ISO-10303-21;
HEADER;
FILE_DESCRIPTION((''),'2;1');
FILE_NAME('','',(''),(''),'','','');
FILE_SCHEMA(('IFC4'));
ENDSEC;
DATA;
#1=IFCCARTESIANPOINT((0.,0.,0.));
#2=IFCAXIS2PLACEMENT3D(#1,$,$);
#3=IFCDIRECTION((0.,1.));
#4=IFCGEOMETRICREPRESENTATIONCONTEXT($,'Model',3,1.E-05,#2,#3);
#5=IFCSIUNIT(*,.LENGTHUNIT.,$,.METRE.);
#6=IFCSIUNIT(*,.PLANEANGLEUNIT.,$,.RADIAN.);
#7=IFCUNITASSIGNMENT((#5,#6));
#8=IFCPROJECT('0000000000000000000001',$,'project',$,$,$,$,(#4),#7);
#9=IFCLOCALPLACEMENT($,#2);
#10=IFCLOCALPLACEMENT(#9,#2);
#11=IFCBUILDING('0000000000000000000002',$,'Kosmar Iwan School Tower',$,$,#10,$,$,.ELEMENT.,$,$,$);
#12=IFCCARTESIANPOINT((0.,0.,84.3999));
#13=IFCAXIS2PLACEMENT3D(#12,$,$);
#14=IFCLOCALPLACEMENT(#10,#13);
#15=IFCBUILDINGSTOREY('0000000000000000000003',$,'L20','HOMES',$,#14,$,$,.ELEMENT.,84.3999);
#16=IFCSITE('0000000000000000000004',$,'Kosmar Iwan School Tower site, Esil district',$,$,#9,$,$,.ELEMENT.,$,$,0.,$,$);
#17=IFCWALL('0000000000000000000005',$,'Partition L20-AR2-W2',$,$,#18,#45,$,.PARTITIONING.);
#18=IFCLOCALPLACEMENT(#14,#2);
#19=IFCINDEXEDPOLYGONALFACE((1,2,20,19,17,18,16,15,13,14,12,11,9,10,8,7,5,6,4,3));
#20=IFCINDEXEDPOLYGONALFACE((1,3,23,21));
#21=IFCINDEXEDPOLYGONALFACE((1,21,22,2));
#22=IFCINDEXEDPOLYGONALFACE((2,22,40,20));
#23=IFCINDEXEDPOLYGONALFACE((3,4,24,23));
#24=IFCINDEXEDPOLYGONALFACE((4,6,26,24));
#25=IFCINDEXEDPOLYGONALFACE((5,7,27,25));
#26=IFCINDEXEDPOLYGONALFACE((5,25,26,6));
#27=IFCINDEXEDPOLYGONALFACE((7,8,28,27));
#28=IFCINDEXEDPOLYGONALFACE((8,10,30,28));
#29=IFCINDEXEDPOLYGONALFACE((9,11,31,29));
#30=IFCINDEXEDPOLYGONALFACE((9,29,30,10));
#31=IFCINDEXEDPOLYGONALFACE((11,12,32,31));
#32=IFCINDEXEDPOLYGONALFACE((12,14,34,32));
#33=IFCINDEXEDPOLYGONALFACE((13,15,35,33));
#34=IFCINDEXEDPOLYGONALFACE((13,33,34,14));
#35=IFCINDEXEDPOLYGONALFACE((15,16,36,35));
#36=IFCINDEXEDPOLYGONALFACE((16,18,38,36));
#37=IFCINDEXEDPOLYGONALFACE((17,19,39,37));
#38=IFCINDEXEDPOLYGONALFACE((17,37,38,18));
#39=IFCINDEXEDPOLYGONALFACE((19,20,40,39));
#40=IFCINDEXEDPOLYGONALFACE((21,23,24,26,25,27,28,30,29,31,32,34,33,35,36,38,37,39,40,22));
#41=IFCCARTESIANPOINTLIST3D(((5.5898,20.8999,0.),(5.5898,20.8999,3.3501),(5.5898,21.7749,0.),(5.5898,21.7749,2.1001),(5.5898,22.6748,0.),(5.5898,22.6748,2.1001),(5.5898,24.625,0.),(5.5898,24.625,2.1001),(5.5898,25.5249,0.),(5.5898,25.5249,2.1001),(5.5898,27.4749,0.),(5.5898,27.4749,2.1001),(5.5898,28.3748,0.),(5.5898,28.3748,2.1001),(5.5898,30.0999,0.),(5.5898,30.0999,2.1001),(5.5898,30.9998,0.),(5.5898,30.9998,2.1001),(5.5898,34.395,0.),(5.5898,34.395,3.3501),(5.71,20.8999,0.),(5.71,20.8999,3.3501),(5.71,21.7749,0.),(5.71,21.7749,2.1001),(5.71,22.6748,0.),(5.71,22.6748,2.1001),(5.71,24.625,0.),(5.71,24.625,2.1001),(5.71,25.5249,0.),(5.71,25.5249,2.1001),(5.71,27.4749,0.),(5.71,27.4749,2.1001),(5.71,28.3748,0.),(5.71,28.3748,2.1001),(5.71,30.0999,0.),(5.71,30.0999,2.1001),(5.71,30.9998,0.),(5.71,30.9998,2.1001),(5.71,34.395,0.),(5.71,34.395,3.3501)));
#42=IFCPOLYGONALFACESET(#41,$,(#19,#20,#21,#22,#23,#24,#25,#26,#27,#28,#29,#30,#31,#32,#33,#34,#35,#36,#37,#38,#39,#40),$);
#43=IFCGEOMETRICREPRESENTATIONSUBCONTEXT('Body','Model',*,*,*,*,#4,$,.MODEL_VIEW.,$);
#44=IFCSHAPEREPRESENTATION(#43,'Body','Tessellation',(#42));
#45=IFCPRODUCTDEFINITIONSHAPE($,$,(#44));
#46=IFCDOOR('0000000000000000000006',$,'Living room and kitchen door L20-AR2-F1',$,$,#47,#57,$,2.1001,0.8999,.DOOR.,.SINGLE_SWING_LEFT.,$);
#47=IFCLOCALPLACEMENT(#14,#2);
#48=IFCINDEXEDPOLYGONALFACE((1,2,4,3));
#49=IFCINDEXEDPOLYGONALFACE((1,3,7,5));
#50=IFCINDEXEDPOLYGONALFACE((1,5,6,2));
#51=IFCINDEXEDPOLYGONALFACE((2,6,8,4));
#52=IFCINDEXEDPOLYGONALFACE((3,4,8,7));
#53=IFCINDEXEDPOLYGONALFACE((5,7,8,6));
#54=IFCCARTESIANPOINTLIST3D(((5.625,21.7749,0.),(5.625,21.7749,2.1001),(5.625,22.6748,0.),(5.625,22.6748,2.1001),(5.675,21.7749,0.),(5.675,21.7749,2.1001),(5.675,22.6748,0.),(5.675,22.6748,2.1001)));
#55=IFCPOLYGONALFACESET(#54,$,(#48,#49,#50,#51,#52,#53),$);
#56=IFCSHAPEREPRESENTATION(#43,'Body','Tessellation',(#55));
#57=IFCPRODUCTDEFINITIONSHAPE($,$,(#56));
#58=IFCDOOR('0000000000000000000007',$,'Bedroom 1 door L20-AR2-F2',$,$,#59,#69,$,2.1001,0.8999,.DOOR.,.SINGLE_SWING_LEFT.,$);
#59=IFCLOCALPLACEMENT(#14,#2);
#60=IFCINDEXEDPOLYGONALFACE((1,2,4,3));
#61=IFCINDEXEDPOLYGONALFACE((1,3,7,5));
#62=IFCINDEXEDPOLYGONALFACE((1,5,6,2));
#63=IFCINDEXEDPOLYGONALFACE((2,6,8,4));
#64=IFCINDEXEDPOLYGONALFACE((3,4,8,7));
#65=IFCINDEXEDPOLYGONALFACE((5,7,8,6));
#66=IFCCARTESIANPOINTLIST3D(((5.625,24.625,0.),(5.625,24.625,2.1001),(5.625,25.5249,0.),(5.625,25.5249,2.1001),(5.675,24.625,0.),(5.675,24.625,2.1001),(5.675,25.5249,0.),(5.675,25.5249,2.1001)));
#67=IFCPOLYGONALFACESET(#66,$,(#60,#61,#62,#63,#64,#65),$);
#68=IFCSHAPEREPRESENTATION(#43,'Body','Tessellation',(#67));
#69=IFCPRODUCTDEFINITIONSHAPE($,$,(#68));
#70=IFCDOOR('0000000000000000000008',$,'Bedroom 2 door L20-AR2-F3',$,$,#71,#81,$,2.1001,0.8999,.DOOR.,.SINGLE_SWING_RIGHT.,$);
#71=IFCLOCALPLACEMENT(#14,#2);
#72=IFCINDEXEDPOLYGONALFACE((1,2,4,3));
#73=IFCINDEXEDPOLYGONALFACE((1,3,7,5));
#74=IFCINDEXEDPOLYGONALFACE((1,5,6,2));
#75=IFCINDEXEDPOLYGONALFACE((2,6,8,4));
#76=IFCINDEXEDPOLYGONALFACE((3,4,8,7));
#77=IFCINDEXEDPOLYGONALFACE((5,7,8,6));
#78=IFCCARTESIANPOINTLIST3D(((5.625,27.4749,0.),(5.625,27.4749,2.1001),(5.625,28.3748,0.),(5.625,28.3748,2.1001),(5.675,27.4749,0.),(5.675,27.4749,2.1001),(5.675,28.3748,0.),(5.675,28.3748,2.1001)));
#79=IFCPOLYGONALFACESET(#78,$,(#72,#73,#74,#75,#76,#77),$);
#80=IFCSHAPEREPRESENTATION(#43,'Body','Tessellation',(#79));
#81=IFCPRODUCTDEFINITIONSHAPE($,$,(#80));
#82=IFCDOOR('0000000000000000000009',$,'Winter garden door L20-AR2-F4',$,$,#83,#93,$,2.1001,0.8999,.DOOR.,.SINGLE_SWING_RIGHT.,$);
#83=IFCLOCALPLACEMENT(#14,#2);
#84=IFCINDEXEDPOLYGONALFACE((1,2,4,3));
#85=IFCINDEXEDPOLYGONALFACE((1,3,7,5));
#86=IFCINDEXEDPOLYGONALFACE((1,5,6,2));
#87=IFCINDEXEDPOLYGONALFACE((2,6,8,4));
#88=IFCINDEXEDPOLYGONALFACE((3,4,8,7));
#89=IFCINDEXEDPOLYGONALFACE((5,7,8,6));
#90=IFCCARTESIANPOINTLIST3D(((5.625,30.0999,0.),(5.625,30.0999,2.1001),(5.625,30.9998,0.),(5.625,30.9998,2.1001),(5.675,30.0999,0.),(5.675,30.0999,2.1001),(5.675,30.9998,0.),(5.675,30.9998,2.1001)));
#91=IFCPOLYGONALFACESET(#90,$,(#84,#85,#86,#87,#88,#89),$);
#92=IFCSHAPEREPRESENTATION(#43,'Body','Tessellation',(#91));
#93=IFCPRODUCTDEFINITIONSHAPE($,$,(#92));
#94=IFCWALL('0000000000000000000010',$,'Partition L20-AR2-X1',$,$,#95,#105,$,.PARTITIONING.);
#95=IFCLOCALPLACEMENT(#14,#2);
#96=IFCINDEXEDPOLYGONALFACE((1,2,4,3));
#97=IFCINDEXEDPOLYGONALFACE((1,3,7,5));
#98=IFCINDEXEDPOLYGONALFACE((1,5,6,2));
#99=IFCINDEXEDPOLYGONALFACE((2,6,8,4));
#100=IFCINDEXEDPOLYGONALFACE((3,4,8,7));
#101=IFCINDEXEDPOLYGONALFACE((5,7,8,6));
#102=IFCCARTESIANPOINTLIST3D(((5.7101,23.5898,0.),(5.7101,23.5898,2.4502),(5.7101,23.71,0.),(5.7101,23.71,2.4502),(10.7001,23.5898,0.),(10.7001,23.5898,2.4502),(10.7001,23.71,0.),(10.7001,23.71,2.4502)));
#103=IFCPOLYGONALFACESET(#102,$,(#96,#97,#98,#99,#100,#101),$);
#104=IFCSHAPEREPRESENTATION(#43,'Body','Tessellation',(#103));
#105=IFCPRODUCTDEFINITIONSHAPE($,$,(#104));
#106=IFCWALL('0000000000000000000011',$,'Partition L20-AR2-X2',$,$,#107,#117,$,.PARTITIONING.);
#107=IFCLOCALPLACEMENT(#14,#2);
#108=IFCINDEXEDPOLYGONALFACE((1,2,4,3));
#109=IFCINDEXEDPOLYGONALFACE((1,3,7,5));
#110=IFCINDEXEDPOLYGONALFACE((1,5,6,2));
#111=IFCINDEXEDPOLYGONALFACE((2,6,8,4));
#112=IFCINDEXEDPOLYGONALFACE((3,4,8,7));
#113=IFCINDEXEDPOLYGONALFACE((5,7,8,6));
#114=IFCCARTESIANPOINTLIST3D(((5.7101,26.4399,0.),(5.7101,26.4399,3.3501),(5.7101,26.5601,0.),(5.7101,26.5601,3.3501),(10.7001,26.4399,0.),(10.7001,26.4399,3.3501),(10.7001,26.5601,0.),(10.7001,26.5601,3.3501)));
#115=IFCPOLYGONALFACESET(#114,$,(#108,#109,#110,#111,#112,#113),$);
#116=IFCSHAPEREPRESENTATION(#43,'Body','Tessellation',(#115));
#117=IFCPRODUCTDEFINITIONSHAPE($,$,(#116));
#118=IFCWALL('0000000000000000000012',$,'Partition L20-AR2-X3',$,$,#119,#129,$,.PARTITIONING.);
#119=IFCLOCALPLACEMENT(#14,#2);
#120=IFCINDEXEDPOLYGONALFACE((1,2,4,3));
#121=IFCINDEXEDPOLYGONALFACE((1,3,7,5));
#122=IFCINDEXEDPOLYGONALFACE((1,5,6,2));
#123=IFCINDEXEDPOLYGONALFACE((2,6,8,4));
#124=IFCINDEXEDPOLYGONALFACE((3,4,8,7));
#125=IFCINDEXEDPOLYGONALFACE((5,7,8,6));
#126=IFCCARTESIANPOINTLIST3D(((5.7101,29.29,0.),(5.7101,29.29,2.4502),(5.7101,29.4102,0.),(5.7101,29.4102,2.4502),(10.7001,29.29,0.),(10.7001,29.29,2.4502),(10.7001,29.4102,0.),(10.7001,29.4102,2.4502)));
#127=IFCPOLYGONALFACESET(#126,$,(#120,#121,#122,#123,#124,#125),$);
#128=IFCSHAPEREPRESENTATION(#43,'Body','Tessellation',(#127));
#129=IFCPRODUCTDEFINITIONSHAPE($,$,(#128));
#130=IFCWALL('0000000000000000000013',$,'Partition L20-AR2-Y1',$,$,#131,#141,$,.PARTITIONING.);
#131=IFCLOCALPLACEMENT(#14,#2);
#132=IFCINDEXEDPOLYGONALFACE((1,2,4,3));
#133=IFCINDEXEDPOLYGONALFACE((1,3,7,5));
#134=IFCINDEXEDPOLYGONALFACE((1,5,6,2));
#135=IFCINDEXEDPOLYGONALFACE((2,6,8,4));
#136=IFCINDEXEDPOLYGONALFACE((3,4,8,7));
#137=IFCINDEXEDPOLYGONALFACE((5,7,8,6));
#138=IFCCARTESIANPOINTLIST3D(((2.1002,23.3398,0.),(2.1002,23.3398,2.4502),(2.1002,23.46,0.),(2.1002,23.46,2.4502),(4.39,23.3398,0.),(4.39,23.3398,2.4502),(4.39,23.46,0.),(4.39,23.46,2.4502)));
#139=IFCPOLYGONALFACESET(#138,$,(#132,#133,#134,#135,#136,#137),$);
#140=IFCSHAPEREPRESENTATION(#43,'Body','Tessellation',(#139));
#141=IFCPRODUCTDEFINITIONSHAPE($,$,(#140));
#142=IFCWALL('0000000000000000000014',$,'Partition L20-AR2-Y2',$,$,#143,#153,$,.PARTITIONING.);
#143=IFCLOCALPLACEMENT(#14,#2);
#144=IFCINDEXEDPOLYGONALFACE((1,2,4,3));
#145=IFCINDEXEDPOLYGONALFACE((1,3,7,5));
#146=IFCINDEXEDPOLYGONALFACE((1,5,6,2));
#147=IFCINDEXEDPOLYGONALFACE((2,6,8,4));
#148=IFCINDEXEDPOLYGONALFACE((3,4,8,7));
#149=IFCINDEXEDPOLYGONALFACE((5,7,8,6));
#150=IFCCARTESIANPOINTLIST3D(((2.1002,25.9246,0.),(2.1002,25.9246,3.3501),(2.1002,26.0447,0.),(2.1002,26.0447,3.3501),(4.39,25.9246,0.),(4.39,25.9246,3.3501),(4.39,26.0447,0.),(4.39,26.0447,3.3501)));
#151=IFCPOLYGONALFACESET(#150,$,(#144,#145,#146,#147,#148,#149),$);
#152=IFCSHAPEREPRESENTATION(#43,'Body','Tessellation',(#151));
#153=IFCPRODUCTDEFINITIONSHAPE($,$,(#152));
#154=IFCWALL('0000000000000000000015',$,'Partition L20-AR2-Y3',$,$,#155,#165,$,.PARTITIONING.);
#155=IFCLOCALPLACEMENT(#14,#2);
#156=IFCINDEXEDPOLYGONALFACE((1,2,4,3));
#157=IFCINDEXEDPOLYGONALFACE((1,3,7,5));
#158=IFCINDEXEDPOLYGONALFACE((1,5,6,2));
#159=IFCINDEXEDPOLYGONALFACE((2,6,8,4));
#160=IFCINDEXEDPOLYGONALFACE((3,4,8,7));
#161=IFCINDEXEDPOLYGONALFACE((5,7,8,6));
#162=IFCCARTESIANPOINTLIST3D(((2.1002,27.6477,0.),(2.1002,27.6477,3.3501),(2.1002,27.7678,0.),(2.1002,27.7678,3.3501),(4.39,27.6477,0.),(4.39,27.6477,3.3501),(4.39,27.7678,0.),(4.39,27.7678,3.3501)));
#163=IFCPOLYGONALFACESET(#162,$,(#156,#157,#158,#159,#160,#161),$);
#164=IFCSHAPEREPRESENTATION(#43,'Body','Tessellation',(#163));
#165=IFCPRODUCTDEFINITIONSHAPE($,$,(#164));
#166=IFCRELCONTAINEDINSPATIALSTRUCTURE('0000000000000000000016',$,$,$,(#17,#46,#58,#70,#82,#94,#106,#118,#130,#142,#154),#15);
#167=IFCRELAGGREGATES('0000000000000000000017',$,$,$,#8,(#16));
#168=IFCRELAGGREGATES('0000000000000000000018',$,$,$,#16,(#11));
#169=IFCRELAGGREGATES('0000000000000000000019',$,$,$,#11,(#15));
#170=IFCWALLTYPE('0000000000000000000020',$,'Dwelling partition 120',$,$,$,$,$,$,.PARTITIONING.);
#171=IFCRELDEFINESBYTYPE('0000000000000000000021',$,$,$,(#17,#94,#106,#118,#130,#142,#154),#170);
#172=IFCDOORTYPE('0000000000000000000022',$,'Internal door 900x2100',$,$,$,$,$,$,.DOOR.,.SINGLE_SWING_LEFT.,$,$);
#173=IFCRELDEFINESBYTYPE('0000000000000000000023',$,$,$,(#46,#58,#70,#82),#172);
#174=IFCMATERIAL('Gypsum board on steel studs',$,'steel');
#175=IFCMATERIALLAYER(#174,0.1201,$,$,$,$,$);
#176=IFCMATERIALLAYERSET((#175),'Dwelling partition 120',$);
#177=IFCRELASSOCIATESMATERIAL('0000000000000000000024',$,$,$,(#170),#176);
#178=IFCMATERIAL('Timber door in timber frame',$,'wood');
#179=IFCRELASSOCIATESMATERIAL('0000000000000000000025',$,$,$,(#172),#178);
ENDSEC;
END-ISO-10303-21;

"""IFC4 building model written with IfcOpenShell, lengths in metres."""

from ifc_helpers import new_model, si_unit, direction, frame, frame_2d, origin, place, context, subcontext, project, spatial, rectangle, extrude, material, layer, layer_set, type_object, element, fill, save


model = new_model("IFC4")

# Units and contexts
model_context = context("Model", 3, precision=1e-05, world=origin(), true_north=direction((0.0, 1.0)))
body_context = subcontext(model_context, "Body", "Model", "MODEL_VIEW")
ifc_project = project(units=[si_unit("LENGTHUNIT", "METRE"), si_unit("PLANEANGLEUNIT", "RADIAN")], contexts=[model_context])

# Site, building, storey
site_placement = place(None, origin())
site = spatial("IfcSite", under=ifc_project, at=site_placement, Name="Kosmar Iwan School Tower site, Esil district", CompositionType="ELEMENT", RefElevation=0.0)
building_placement = place(site_placement, origin())
building = spatial("IfcBuilding", under=site, at=building_placement, Name="Kosmar Iwan School Tower", CompositionType="ELEMENT")
storey_placement = place(building_placement, frame((0.0, 0.0, 84.3999)))
storey = spatial("IfcBuildingStorey", under=building, at=storey_placement, Name="L20", Description="HOMES", CompositionType="ELEMENT", Elevation=84.3999)

# Wall, openings, doors
ifc_material_1 = material(Name="Gypsum board on steel studs", Category="steel")
ifc_layer_1 = layer(ifc_material_1, 0.1201)
ifc_layer_set_1 = layer_set([ifc_layer_1], Name="Dwelling partition 120")
wall_type_1 = type_object("IfcWallType", Name="Dwelling partition 120", PredefinedType="PARTITIONING", material=ifc_layer_set_1)
ifc_material_2 = material(Name="Timber door in timber frame", Category="wood")
door_type_1 = type_object("IfcDoorType", Name="Internal door 900x2100", OperationType="SINGLE_SWING_LEFT", PredefinedType="DOOR", material=ifc_material_2)
wall_1_placement = place(storey_placement, frame((5.6499, 20.8999, 0.0), z_axis=(0.0, 0.0, 1.0), x_axis=(0.0, 1.0, 0.0)))
wall_1 = element("IfcWall", 1, at=wall_1_placement, inside=storey, type_object=wall_type_1, Name="Partition L20-AR2-W2", PredefinedType="PARTITIONING", context=body_context, shape_type="SweptSolid", body=[
    extrude(rectangle(XDim=13.4951, YDim=0.1201, at=frame_2d((6.7476, 0.0))), origin(), (0.0, 0.0, 1.0), 3.3501),
])
opening_1_placement = place(wall_1_placement, frame((0.875, 0.0, 0.0)))
opening_1 = element("IfcOpeningElement", 2, at=opening_1_placement, cuts=wall_1, PredefinedType="OPENING", context=body_context, shape_type="SweptSolid", body=[
    extrude(rectangle(XDim=0.8999, YDim=2.1001, at=frame_2d((0.45, 1.05))), frame((0.0, 0.072, 0.0), z_axis=(0.0, -1.0, 0.0), x_axis=(1.0, 0.0, 0.0)), (0.0, 0.0, 1.0), 0.144),
])
opening_2_placement = place(wall_1_placement, frame((3.7251, 0.0, 0.0)))
opening_2 = element("IfcOpeningElement", 3, at=opening_2_placement, cuts=wall_1, PredefinedType="OPENING", context=body_context, shape_type="SweptSolid", body=[
    extrude(rectangle(XDim=0.8999, YDim=2.1001, at=frame_2d((0.45, 1.05))), frame((0.0, 0.072, 0.0), z_axis=(0.0, -1.0, 0.0), x_axis=(1.0, 0.0, 0.0)), (0.0, 0.0, 1.0), 0.144),
])
opening_3_placement = place(wall_1_placement, frame((6.575, 0.0, 0.0)))
opening_3 = element("IfcOpeningElement", 4, at=opening_3_placement, cuts=wall_1, PredefinedType="OPENING", context=body_context, shape_type="SweptSolid", body=[
    extrude(rectangle(XDim=0.8999, YDim=2.1001, at=frame_2d((0.45, 1.05))), frame((0.0, 0.072, 0.0), z_axis=(0.0, -1.0, 0.0), x_axis=(1.0, 0.0, 0.0)), (0.0, 0.0, 1.0), 0.144),
])
opening_4_placement = place(wall_1_placement, frame((9.2, 0.0, 0.0)))
opening_4 = element("IfcOpeningElement", 5, at=opening_4_placement, cuts=wall_1, PredefinedType="OPENING", context=body_context, shape_type="SweptSolid", body=[
    extrude(rectangle(XDim=0.8999, YDim=2.1001, at=frame_2d((0.45, 1.05))), frame((0.0, 0.072, 0.0), z_axis=(0.0, -1.0, 0.0), x_axis=(1.0, 0.0, 0.0)), (0.0, 0.0, 1.0), 0.144),
])
door_1_placement = place(opening_1_placement, origin())
door_1 = element("IfcDoor", 6, at=door_1_placement, inside=storey, type_object=door_type_1, Name="Living room and kitchen door L20-AR2-F1", OperationType="SINGLE_SWING_LEFT", OverallHeight=2.1001, OverallWidth=0.8999, PredefinedType="DOOR", context=body_context, shape_type="SweptSolid", body=[
    extrude(rectangle(XDim=0.8999, YDim=2.1001, at=frame_2d((0.45, 1.05))), frame((0.0, 0.0249, 0.0), z_axis=(0.0, -1.0, 0.0), x_axis=(1.0, 0.0, 0.0)), (0.0, 0.0, 1.0), 0.05),
])
fill(opening_1, door_1)
door_2_placement = place(opening_2_placement, origin())
door_2 = element("IfcDoor", 7, at=door_2_placement, inside=storey, type_object=door_type_1, Name="Bedroom 1 door L20-AR2-F2", OperationType="SINGLE_SWING_LEFT", OverallHeight=2.1001, OverallWidth=0.8999, PredefinedType="DOOR", context=body_context, shape_type="SweptSolid", body=[
    extrude(rectangle(XDim=0.8999, YDim=2.1001, at=frame_2d((0.45, 1.05))), frame((0.0, 0.0249, 0.0), z_axis=(0.0, -1.0, 0.0), x_axis=(1.0, 0.0, 0.0)), (0.0, 0.0, 1.0), 0.05),
])
fill(opening_2, door_2)
door_3_placement = place(opening_3_placement, origin())
door_3 = element("IfcDoor", 8, at=door_3_placement, inside=storey, type_object=door_type_1, Name="Bedroom 2 door L20-AR2-F3", OperationType="SINGLE_SWING_RIGHT", OverallHeight=2.1001, OverallWidth=0.8999, PredefinedType="DOOR", context=body_context, shape_type="SweptSolid", body=[
    extrude(rectangle(XDim=0.8999, YDim=2.1001, at=frame_2d((0.45, 1.05))), frame((0.0, 0.0249, 0.0), z_axis=(0.0, -1.0, 0.0), x_axis=(1.0, 0.0, 0.0)), (0.0, 0.0, 1.0), 0.05),
])
fill(opening_3, door_3)
door_4_placement = place(opening_4_placement, origin())
door_4 = element("IfcDoor", 9, at=door_4_placement, inside=storey, type_object=door_type_1, Name="Winter garden door L20-AR2-F4", OperationType="SINGLE_SWING_RIGHT", OverallHeight=2.1001, OverallWidth=0.8999, PredefinedType="DOOR", context=body_context, shape_type="SweptSolid", body=[
    extrude(rectangle(XDim=0.8999, YDim=2.1001, at=frame_2d((0.45, 1.05))), frame((0.0, 0.0249, 0.0), z_axis=(0.0, -1.0, 0.0), x_axis=(1.0, 0.0, 0.0)), (0.0, 0.0, 1.0), 0.05),
])
fill(opening_4, door_4)

# Walls
wall_2_placement = place(storey_placement, frame((5.71, 23.6499, 0.0), z_axis=(0.0, 0.0, 1.0), x_axis=(1.0, 0.0, 0.0)))
element("IfcWall", 10, at=wall_2_placement, inside=storey, type_object=wall_type_1, Name="Partition L20-AR2-X1", PredefinedType="PARTITIONING", context=body_context, shape_type="SweptSolid", body=[
    extrude(rectangle(XDim=4.99, YDim=0.1201, at=frame_2d((2.4951, 0.0))), origin(), (0.0, 0.0, 1.0), 2.4502),
])
wall_3_placement = place(storey_placement, frame((5.71, 26.5, 0.0), z_axis=(0.0, 0.0, 1.0), x_axis=(1.0, 0.0, 0.0)))
element("IfcWall", 11, at=wall_3_placement, inside=storey, type_object=wall_type_1, Name="Partition L20-AR2-X2", PredefinedType="PARTITIONING", context=body_context, shape_type="SweptSolid", body=[
    extrude(rectangle(XDim=4.99, YDim=0.1201, at=frame_2d((2.4951, 0.0))), origin(), (0.0, 0.0, 1.0), 3.3501),
])
wall_4_placement = place(storey_placement, frame((5.71, 29.3501, 0.0), z_axis=(0.0, 0.0, 1.0), x_axis=(1.0, 0.0, 0.0)))
element("IfcWall", 12, at=wall_4_placement, inside=storey, type_object=wall_type_1, Name="Partition L20-AR2-X3", PredefinedType="PARTITIONING", context=body_context, shape_type="SweptSolid", body=[
    extrude(rectangle(XDim=4.99, YDim=0.1201, at=frame_2d((2.4951, 0.0))), origin(), (0.0, 0.0, 1.0), 2.4502),
])
wall_5_placement = place(storey_placement, frame((2.1001, 23.3999, 0.0), z_axis=(0.0, 0.0, 1.0), x_axis=(1.0, 0.0, 0.0)))
element("IfcWall", 13, at=wall_5_placement, inside=storey, type_object=wall_type_1, Name="Partition L20-AR2-Y1", PredefinedType="PARTITIONING", context=body_context, shape_type="SweptSolid", body=[
    extrude(rectangle(XDim=2.2898, YDim=0.1201, at=frame_2d((1.145, 0.0))), origin(), (0.0, 0.0, 1.0), 2.4502),
])
for number, where, z_axis, x_axis, name in (
    (14, (2.1001, 25.9846, 0.0), (0.0, 0.0, 1.0), (1.0, 0.0, 0.0), "Partition L20-AR2-Y2"),
    (15, (2.1001, 27.7078, 0.0), (0.0, 0.0, 1.0), (1.0, 0.0, 0.0), "Partition L20-AR2-Y3"),
):
    element("IfcWall", number, at=place(storey_placement, frame(where, z_axis=z_axis, x_axis=x_axis)), inside=storey, type_object=wall_type_1, Name=name, PredefinedType="PARTITIONING", context=body_context, shape_type="SweptSolid", body=[
        extrude(rectangle(XDim=2.2898, YDim=0.1201, at=frame_2d((1.145, 0.0))), origin(), (0.0, 0.0, 1.0), 3.3501),
    ])

save(model, "model.ifc")
